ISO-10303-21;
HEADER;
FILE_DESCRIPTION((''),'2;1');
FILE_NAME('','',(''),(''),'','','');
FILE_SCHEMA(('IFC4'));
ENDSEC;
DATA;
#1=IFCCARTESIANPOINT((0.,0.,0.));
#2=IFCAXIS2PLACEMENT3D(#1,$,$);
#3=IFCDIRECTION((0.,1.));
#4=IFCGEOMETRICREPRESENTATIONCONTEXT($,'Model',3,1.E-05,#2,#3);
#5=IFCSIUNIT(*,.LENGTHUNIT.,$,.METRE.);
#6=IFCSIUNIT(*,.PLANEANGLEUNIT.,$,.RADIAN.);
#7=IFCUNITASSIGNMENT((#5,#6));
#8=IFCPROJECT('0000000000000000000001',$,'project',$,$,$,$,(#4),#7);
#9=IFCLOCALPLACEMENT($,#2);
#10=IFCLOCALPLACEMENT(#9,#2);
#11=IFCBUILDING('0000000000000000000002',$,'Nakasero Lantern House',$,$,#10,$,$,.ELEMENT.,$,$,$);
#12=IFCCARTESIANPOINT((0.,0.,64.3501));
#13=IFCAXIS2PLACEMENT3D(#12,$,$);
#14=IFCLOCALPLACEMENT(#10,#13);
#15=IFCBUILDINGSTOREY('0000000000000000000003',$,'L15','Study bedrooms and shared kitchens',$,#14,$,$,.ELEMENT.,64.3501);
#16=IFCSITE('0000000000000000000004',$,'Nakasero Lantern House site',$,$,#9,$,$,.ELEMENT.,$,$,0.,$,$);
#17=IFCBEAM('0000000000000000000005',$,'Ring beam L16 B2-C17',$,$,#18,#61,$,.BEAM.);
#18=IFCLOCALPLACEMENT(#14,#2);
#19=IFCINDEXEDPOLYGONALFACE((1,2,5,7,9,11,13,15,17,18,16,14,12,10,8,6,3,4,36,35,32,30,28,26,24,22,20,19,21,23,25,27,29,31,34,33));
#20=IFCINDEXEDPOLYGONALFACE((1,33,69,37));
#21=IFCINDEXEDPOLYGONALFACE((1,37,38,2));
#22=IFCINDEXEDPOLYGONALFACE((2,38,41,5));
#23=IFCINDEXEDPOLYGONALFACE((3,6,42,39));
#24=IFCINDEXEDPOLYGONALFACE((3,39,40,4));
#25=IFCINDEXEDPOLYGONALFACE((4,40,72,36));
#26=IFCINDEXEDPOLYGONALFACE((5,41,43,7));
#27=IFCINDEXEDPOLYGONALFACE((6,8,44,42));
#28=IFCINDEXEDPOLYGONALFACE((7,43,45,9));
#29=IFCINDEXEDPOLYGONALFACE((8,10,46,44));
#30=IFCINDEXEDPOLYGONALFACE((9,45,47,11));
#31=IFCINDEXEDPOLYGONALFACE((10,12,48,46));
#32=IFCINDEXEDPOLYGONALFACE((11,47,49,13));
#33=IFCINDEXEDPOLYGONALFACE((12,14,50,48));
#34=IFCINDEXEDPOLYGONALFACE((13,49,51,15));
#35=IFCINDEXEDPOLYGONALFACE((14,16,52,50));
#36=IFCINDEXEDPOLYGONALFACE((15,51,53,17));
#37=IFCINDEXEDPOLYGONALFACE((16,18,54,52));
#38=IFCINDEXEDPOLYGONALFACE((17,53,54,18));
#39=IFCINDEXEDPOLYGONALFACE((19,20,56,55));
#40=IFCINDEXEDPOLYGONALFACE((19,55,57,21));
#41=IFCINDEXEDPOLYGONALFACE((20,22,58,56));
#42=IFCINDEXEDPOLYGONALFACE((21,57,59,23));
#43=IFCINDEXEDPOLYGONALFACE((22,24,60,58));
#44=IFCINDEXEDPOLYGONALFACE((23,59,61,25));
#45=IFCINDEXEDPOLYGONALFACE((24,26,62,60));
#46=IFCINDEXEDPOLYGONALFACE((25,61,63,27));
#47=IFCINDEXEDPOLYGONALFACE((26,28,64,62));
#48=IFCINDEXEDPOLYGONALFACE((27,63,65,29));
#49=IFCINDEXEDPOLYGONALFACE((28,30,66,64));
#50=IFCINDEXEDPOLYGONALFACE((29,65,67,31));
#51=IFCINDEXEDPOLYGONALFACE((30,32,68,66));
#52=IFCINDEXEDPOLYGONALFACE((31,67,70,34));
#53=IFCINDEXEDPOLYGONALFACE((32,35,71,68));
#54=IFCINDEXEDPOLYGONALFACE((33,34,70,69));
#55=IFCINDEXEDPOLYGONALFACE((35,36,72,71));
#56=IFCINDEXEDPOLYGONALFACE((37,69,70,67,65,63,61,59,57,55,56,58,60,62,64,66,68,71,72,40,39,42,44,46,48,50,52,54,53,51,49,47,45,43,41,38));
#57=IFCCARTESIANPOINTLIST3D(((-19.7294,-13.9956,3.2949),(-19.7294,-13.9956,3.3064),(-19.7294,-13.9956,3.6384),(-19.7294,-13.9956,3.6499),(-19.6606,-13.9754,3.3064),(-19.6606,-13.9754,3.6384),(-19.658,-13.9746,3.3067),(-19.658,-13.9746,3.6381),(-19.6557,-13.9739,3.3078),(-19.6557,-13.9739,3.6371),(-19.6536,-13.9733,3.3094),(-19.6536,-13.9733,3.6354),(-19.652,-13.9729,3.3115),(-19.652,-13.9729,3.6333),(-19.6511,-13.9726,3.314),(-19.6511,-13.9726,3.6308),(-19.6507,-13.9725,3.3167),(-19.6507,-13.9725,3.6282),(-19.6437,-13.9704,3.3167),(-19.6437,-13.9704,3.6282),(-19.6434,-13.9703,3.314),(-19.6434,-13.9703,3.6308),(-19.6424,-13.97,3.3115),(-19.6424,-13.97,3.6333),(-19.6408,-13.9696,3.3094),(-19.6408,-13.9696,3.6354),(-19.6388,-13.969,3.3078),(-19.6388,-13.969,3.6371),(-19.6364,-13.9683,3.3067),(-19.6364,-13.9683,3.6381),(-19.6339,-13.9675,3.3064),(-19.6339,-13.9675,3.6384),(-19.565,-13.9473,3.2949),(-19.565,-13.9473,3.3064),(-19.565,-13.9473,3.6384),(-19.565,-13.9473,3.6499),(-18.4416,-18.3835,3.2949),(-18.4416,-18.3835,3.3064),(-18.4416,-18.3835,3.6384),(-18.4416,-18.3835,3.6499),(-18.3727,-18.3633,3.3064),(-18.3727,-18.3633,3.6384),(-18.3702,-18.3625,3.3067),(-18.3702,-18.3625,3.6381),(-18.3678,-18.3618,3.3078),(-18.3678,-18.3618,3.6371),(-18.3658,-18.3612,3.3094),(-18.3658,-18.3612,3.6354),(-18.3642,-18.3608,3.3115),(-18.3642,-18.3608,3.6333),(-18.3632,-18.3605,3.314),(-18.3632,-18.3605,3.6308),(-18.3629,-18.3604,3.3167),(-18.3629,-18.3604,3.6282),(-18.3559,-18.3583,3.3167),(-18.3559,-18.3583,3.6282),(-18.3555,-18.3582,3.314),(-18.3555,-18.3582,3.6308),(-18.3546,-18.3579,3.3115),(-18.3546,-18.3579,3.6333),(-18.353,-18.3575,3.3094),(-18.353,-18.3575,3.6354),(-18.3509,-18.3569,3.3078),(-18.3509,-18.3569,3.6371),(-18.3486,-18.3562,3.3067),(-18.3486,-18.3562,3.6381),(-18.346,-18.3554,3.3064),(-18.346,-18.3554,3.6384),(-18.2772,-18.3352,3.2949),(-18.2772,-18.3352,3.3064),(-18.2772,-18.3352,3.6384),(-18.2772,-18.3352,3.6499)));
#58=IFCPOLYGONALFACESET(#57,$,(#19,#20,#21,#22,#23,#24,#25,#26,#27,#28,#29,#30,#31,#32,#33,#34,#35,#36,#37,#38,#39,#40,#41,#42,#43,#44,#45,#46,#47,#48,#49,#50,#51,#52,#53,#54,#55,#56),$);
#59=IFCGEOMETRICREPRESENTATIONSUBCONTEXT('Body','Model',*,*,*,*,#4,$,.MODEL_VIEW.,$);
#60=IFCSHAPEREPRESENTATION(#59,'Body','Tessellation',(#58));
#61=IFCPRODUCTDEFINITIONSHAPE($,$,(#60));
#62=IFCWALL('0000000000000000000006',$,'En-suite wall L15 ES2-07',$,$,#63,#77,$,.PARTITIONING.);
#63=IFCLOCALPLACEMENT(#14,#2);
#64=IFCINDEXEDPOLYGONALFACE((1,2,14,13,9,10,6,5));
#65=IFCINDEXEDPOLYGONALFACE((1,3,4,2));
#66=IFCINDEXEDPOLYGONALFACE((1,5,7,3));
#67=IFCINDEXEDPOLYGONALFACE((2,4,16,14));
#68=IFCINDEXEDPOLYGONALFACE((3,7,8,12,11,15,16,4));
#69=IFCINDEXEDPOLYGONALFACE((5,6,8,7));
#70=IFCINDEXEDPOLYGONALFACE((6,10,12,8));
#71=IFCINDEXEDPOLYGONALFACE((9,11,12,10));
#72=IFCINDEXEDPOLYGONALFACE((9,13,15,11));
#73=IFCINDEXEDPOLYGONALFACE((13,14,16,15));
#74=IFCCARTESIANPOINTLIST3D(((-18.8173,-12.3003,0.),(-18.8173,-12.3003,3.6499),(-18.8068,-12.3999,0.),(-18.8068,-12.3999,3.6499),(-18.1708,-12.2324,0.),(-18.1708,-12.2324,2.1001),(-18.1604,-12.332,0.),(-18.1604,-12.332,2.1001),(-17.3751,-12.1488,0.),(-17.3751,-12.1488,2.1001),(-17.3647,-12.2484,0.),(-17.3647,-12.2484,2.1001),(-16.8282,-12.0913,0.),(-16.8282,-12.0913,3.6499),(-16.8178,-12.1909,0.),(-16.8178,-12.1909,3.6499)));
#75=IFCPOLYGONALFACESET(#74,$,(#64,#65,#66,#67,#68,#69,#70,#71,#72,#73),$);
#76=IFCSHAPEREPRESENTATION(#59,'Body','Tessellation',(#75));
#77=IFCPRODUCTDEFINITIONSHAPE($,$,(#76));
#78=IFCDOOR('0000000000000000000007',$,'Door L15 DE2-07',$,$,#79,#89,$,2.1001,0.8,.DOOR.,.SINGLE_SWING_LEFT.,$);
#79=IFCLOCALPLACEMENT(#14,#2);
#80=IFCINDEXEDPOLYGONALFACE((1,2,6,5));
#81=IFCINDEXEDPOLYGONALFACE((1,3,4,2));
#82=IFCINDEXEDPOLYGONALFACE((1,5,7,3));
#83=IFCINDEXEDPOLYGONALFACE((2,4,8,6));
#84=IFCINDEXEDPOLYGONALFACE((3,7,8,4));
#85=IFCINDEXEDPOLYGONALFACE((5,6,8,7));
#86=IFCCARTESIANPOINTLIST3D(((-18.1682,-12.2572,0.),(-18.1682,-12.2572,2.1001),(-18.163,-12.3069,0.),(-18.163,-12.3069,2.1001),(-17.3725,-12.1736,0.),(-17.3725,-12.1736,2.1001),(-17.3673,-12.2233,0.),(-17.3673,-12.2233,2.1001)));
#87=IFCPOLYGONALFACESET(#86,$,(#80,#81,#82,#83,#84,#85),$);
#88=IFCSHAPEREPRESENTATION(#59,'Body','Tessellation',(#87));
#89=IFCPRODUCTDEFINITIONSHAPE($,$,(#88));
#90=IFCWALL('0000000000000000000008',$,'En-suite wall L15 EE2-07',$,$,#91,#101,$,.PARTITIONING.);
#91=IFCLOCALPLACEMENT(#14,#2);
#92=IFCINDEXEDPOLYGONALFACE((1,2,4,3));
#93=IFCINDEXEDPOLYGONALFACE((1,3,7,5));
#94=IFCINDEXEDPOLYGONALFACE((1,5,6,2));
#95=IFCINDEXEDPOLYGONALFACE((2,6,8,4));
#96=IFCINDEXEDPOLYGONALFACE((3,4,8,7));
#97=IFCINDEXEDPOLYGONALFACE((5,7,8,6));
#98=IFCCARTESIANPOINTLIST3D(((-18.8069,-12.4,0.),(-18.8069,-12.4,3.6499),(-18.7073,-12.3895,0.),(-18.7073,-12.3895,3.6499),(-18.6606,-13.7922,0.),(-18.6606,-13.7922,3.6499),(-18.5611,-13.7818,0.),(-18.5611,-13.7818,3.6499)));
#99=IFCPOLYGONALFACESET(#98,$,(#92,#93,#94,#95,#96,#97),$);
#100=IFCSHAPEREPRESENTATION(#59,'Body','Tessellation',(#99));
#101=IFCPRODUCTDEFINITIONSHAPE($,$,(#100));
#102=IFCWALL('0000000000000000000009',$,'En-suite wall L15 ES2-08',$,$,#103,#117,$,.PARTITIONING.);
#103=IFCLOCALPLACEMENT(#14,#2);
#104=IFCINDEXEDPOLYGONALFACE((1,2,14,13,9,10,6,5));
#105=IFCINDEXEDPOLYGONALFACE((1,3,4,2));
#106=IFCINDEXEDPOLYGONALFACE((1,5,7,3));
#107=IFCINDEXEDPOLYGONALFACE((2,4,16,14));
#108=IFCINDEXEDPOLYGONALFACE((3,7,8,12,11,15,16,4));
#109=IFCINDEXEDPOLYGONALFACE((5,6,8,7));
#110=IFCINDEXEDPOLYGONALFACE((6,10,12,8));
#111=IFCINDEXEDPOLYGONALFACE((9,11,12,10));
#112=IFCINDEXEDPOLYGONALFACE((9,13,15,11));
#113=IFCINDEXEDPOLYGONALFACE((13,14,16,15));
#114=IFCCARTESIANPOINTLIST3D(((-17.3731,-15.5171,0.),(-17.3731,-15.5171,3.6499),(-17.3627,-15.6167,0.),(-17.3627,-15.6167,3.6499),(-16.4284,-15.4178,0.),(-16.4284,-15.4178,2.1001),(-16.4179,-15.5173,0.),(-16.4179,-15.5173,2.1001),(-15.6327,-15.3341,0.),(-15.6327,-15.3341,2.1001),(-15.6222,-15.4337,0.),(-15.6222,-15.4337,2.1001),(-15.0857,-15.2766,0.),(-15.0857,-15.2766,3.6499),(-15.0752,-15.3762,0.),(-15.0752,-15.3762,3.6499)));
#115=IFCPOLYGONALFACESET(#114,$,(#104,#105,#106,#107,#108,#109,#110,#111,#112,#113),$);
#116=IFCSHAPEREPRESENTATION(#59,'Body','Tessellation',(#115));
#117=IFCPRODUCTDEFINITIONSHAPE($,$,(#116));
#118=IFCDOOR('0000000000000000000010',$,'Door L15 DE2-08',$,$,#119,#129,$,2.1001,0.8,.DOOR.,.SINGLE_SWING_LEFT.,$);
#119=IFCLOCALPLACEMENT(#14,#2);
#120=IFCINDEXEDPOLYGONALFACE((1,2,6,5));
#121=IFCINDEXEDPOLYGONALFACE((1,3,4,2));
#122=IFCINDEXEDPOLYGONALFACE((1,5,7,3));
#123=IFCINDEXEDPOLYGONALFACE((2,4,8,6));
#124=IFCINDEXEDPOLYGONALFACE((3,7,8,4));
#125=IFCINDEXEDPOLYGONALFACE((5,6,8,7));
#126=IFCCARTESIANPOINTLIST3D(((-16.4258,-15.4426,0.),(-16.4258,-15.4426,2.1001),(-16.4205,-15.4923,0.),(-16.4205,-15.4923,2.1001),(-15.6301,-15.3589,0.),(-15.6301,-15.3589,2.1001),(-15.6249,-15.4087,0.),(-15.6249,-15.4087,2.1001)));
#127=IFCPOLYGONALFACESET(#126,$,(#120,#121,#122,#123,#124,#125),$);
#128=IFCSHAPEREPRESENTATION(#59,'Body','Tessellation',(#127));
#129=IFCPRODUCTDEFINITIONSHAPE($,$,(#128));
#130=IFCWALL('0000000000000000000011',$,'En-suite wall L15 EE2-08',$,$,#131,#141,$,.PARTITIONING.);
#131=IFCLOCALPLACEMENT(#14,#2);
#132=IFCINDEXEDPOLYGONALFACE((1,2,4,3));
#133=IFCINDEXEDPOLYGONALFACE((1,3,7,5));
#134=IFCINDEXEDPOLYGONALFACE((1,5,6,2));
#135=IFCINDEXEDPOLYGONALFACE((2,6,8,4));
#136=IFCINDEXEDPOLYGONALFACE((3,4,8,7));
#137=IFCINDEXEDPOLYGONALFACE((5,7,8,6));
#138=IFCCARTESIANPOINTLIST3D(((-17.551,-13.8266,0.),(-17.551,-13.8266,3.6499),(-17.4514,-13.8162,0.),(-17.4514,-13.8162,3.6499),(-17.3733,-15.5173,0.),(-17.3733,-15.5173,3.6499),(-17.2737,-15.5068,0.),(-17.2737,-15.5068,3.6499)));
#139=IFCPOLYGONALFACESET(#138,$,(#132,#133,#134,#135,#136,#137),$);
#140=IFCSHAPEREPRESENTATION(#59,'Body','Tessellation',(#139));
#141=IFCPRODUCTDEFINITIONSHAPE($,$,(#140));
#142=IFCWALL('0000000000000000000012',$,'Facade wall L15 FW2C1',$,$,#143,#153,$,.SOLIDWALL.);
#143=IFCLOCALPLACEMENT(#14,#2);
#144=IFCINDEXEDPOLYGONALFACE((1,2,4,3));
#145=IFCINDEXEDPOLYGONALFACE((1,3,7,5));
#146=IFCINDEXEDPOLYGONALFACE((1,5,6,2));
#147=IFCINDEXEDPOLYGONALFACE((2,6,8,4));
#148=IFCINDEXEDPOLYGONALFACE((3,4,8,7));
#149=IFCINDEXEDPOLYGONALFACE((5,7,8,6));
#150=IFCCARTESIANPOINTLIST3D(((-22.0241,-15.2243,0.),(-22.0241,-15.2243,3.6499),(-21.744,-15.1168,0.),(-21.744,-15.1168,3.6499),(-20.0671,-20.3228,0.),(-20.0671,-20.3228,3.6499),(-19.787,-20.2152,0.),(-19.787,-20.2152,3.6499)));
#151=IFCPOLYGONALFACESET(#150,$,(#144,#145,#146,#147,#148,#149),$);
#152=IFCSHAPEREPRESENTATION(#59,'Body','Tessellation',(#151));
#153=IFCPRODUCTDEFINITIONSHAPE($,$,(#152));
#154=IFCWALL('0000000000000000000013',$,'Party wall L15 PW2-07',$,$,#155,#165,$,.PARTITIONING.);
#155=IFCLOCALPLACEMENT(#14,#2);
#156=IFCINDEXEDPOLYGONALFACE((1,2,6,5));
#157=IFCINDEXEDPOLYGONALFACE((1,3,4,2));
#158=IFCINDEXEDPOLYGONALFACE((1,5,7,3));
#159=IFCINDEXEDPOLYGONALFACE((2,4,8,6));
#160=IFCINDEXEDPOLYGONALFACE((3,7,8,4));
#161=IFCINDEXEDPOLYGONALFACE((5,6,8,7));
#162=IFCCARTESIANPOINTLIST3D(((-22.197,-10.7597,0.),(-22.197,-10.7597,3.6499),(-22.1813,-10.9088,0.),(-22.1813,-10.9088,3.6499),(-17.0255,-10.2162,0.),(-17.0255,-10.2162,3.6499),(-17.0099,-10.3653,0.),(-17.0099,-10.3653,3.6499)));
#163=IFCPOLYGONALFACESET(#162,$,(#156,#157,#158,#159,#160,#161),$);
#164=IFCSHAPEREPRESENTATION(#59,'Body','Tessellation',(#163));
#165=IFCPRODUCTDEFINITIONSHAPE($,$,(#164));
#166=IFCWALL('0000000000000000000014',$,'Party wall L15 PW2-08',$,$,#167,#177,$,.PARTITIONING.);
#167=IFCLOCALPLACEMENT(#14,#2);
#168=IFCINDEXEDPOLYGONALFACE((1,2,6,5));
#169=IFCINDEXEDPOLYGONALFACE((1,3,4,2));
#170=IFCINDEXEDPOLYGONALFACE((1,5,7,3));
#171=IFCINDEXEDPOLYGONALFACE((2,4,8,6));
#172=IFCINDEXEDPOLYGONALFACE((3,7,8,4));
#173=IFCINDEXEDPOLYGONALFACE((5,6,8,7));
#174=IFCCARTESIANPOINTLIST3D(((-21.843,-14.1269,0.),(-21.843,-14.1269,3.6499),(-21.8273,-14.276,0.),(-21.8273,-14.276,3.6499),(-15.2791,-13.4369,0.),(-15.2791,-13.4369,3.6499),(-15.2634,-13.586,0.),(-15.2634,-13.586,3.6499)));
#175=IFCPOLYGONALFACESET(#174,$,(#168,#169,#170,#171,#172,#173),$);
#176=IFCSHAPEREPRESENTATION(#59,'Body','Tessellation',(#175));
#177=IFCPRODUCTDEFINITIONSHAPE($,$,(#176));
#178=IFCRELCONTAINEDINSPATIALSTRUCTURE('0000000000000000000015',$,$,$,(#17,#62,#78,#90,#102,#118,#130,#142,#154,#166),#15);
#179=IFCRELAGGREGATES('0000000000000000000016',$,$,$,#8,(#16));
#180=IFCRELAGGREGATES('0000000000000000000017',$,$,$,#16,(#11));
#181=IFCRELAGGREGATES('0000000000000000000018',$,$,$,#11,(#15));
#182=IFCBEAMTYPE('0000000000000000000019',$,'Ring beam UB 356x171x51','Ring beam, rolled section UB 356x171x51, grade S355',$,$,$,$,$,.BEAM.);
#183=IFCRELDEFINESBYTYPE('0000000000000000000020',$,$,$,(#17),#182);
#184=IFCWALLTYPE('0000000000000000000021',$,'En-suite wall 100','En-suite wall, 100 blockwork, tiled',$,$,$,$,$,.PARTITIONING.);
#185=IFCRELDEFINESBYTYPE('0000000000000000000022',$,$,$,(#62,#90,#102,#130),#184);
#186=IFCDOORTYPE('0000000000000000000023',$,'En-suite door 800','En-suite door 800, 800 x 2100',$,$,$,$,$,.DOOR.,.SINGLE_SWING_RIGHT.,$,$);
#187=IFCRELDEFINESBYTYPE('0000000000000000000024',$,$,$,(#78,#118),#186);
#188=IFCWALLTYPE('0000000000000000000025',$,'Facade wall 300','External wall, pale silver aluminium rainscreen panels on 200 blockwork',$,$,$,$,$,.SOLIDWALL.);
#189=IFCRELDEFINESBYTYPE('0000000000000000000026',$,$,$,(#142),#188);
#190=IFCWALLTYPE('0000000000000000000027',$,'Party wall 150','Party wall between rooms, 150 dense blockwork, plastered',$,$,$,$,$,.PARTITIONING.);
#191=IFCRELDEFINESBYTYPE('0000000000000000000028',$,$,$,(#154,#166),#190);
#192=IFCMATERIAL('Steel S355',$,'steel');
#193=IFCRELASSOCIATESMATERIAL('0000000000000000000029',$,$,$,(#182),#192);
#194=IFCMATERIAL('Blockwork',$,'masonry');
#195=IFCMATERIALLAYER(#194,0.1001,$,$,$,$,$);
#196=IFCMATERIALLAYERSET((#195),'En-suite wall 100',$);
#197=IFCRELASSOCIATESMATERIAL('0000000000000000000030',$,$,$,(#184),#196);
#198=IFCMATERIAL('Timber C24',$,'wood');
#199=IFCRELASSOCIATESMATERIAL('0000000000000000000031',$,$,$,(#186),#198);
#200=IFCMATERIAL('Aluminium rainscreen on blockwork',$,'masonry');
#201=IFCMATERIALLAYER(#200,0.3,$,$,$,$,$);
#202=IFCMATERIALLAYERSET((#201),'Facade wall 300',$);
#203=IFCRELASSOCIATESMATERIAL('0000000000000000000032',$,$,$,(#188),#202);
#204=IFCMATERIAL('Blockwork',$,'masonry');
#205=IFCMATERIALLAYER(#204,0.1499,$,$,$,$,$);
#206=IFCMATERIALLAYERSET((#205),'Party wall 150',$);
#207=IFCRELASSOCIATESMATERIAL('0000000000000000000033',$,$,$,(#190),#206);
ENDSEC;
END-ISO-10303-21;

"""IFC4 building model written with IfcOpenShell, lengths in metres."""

from ifc_helpers import new_model, si_unit, direction, frame, frame_2d, origin, origin_2d, place, context, subcontext, project, spatial, rectangle, i_section, extrude, material, layer, layer_set, material_profile, profile_set, type_object, element, fill, save


model = new_model("IFC4")

# Units and contexts
model_context = context("Model", 3, precision=1e-05, world=origin(), true_north=direction((0.0, 1.0)))
body_context = subcontext(model_context, "Body", "Model", "MODEL_VIEW")
ifc_project = project(units=[si_unit("LENGTHUNIT", "METRE"), si_unit("PLANEANGLEUNIT", "RADIAN")], contexts=[model_context])

# Site, building, storey
site_placement = place(None, origin())
site = spatial("IfcSite", under=ifc_project, at=site_placement, Name="Nakasero Lantern House site", CompositionType="ELEMENT", RefElevation=0.0)
building_placement = place(site_placement, origin())
building = spatial("IfcBuilding", under=site, at=building_placement, Name="Nakasero Lantern House", CompositionType="ELEMENT")
storey_placement = place(building_placement, frame((0.0, 0.0, 64.3501)))
storey = spatial("IfcBuildingStorey", under=building, at=storey_placement, Name="L15", Description="Study bedrooms and shared kitchens", CompositionType="ELEMENT", Elevation=64.3501)

# Beam
ifc_material_1 = material(Name="Steel S355", Category="steel")
ifc_material_profile_1 = material_profile(ifc_material_1, i_section(OverallWidth=0.1714, OverallDepth=0.355, WebThickness=0.0073, FlangeThickness=0.0115, FilletRadius=0.0103, at=origin_2d()), Name="UB 356x171x51")
ifc_profile_set_1 = profile_set([ifc_material_profile_1], Name="Steel S355")
beam_type_1 = type_object("IfcBeamType", Name="Ring beam UB 356x171x51", Description="Ring beam, rolled section UB 356x171x51, grade S355", PredefinedType="BEAM", material=ifc_profile_set_1)
beam_1_placement = place(storey_placement, frame((-19.6472, -13.9714, 3.4724), z_axis=(0.281617, -0.959527, 0.0), x_axis=(0.959527, 0.281617, 0.0)))
element("IfcBeam", 1, at=beam_1_placement, inside=storey, type_object=beam_type_1, Name="Ring beam L16 B2-C17", PredefinedType="BEAM", context=body_context, shape_type="SweptSolid", body=[
    extrude(i_section(OverallWidth=0.1714, OverallDepth=0.355, WebThickness=0.0073, FlangeThickness=0.0115, FilletRadius=0.0103, at=origin_2d()), origin(), (0.0, 0.0, 1.0), 4.573),
])

# Wall, opening, door
ifc_material_2 = material(Name="Blockwork", Category="masonry")
ifc_layer_1 = layer(ifc_material_2, 0.1001)
ifc_layer_set_1 = layer_set([ifc_layer_1], Name="En-suite wall 100")
wall_type_1 = type_object("IfcWallType", Name="En-suite wall 100", Description="En-suite wall, 100 blockwork, tiled", PredefinedType="PARTITIONING", material=ifc_layer_set_1)
wall_1_placement = place(storey_placement, frame((-16.823, -12.1411, 0.0), z_axis=(0.0, 0.0, 1.0), x_axis=(-0.994526, -0.104494, 0.0)))
wall_1 = element("IfcWall", 2, at=wall_1_placement, inside=storey, type_object=wall_type_1, Name="En-suite wall L15 ES2-07", PredefinedType="PARTITIONING", context=body_context, shape_type="SweptSolid", body=[
    extrude(rectangle(XDim=2.0, YDim=0.1001, at=frame_2d((1.0, 0.0))), origin(), (0.0, 0.0, 1.0), 3.6499),
])
opening_1_placement = place(wall_1_placement, frame((0.55, 0.0, 0.0)))
opening_1 = element("IfcOpeningElement", 3, at=opening_1_placement, cuts=wall_1, PredefinedType="OPENING", context=body_context, shape_type="SweptSolid", body=[
    extrude(rectangle(XDim=0.8, YDim=2.1001, at=frame_2d((0.3999, 1.05))), frame((0.0, 0.0701, 0.0), z_axis=(0.0, -1.0, 0.0), x_axis=(1.0, 0.0, 0.0)), (0.0, 0.0, 1.0), 0.1401),
])
ifc_material_3 = material(Name="Timber C24", Category="wood")
door_type = type_object("IfcDoorType", Name="En-suite door 800", Description="En-suite door 800, 800 x 2100", OperationType="SINGLE_SWING_RIGHT", PredefinedType="DOOR", material=ifc_material_3)
door_1_placement = place(opening_1_placement, origin())
door_1 = element("IfcDoor", 4, at=door_1_placement, inside=storey, type_object=door_type, Name="Door L15 DE2-07", OperationType="SINGLE_SWING_LEFT", OverallHeight=2.1001, OverallWidth=0.8, PredefinedType="DOOR", context=body_context, shape_type="SweptSolid", body=[
    extrude(rectangle(XDim=0.8, YDim=2.1001, at=frame_2d((0.3999, 1.05))), frame((0.0, 0.0249, 0.0), z_axis=(0.0, -1.0, 0.0), x_axis=(1.0, 0.0, 0.0)), (0.0, 0.0, 1.0), 0.05),
])
fill(opening_1, door_1)

# Wall
wall_2_placement = place(storey_placement, frame((-18.7571, -12.3948, 0.0), z_axis=(0.0, 0.0, 1.0), x_axis=(0.104458, -0.994529, 0.0)))
element("IfcWall", 5, at=wall_2_placement, inside=storey, type_object=wall_type_1, Name="En-suite wall L15 EE2-07", PredefinedType="PARTITIONING", context=body_context, shape_type="SweptSolid", body=[
    extrude(rectangle(XDim=1.3999, YDim=0.1001, at=frame_2d((0.7, 0.0))), origin(), (0.0, 0.0, 1.0), 3.6499),
])

# Wall, opening, door
wall_3_placement = place(storey_placement, frame((-15.0806, -15.3264, 0.0), z_axis=(0.0, 0.0, 1.0), x_axis=(-0.994519, -0.104558, 0.0)))
wall_3 = element("IfcWall", 6, at=wall_3_placement, inside=storey, type_object=wall_type_1, Name="En-suite wall L15 ES2-08", PredefinedType="PARTITIONING", context=body_context, shape_type="SweptSolid", body=[
    extrude(rectangle(XDim=2.3, YDim=0.1001, at=frame_2d((1.1499, 0.0))), origin(), (0.0, 0.0, 1.0), 3.6499),
])
opening_2_placement = place(wall_3_placement, frame((0.55, 0.0, 0.0)))
opening_2 = element("IfcOpeningElement", 7, at=opening_2_placement, cuts=wall_3, PredefinedType="OPENING", context=body_context, shape_type="SweptSolid", body=[
    extrude(rectangle(XDim=0.8, YDim=2.1001, at=frame_2d((0.3999, 1.05))), frame((0.0, 0.0701, 0.0), z_axis=(0.0, -1.0, 0.0), x_axis=(1.0, 0.0, 0.0)), (0.0, 0.0, 1.0), 0.1401),
])
door_2_placement = place(opening_2_placement, origin())
door_2 = element("IfcDoor", 8, at=door_2_placement, inside=storey, type_object=door_type, Name="Door L15 DE2-08", OperationType="SINGLE_SWING_LEFT", OverallHeight=2.1001, OverallWidth=0.8, PredefinedType="DOOR", context=body_context, shape_type="SweptSolid", body=[
    extrude(rectangle(XDim=0.8, YDim=2.1001, at=frame_2d((0.3999, 1.05))), frame((0.0, 0.0249, 0.0), z_axis=(0.0, -1.0, 0.0), x_axis=(1.0, 0.0, 0.0)), (0.0, 0.0, 1.0), 0.05),
])
fill(opening_2, door_2)

# Walls
wall_4_placement = place(storey_placement, frame((-17.5012, -13.8213, 0.0), z_axis=(0.0, 0.0, 1.0), x_axis=(0.10455, -0.99452, 0.0)))
element("IfcWall", 9, at=wall_4_placement, inside=storey, type_object=wall_type_1, Name="En-suite wall L15 EE2-08", PredefinedType="PARTITIONING", context=body_context, shape_type="SweptSolid", body=[
    extrude(rectangle(XDim=1.7, YDim=0.1001, at=frame_2d((0.8501, 0.0))), origin(), (0.0, 0.0, 1.0), 3.6499),
])
ifc_material_4 = material(Name="Aluminium rainscreen on blockwork", Category="masonry")
ifc_layer_2 = layer(ifc_material_4, 0.3)
ifc_layer_set_2 = layer_set([ifc_layer_2], Name="Facade wall 300")
wall_type_2 = type_object("IfcWallType", Name="Facade wall 300", Description="External wall, pale silver aluminium rainscreen panels on 200 blockwork", PredefinedType="SOLIDWALL", material=ifc_layer_set_2)
wall_5_placement = place(storey_placement, frame((-21.884, -15.1707, 0.0), z_axis=(0.0, 0.0, 1.0), x_axis=(0.358359, -0.933584, 0.0)))
element("IfcWall", 10, at=wall_5_placement, inside=storey, type_object=wall_type_2, Name="Facade wall L15 FW2C1", PredefinedType="SOLIDWALL", context=body_context, shape_type="SweptSolid", body=[
    extrude(rectangle(XDim=5.4612, YDim=0.3, at=frame_2d((2.7305, 0.0))), origin(), (0.0, 0.0, 1.0), 3.6499),
])
ifc_material_5 = material(Name="Blockwork", Category="masonry")
ifc_layer_3 = layer(ifc_material_5, 0.1499)
ifc_layer_set_3 = layer_set([ifc_layer_3], Name="Party wall 150")
wall_type_3 = type_object("IfcWallType", Name="Party wall 150", Description="Party wall between rooms, 150 dense blockwork, plastered", PredefinedType="PARTITIONING", material=ifc_layer_set_3)
wall_6_placement = place(storey_placement, frame((-17.0176, -10.2908, 0.0), z_axis=(0.0, 0.0, 1.0), x_axis=(-0.994523, -0.104514, 0.0)))
element("IfcWall", 11, at=wall_6_placement, inside=storey, type_object=wall_type_3, Name="Party wall L15 PW2-07", PredefinedType="PARTITIONING", context=body_context, shape_type="SweptSolid", body=[
    extrude(rectangle(XDim=5.2, YDim=0.1499, at=frame_2d((2.6001, 0.0))), origin(), (0.0, 0.0, 1.0), 3.6499),
])
wall_7_placement = place(storey_placement, frame((-15.2712, -13.5115, 0.0), z_axis=(0.0, 0.0, 1.0), x_axis=(-0.994521, -0.104535, 0.0)))
element("IfcWall", 12, at=wall_7_placement, inside=storey, type_object=wall_type_3, Name="Party wall L15 PW2-08", PredefinedType="PARTITIONING", context=body_context, shape_type="SweptSolid", body=[
    extrude(rectangle(XDim=6.6001, YDim=0.1499, at=frame_2d((3.3, 0.0))), origin(), (0.0, 0.0, 1.0), 3.6499),
])

save(model, "model.ifc")
